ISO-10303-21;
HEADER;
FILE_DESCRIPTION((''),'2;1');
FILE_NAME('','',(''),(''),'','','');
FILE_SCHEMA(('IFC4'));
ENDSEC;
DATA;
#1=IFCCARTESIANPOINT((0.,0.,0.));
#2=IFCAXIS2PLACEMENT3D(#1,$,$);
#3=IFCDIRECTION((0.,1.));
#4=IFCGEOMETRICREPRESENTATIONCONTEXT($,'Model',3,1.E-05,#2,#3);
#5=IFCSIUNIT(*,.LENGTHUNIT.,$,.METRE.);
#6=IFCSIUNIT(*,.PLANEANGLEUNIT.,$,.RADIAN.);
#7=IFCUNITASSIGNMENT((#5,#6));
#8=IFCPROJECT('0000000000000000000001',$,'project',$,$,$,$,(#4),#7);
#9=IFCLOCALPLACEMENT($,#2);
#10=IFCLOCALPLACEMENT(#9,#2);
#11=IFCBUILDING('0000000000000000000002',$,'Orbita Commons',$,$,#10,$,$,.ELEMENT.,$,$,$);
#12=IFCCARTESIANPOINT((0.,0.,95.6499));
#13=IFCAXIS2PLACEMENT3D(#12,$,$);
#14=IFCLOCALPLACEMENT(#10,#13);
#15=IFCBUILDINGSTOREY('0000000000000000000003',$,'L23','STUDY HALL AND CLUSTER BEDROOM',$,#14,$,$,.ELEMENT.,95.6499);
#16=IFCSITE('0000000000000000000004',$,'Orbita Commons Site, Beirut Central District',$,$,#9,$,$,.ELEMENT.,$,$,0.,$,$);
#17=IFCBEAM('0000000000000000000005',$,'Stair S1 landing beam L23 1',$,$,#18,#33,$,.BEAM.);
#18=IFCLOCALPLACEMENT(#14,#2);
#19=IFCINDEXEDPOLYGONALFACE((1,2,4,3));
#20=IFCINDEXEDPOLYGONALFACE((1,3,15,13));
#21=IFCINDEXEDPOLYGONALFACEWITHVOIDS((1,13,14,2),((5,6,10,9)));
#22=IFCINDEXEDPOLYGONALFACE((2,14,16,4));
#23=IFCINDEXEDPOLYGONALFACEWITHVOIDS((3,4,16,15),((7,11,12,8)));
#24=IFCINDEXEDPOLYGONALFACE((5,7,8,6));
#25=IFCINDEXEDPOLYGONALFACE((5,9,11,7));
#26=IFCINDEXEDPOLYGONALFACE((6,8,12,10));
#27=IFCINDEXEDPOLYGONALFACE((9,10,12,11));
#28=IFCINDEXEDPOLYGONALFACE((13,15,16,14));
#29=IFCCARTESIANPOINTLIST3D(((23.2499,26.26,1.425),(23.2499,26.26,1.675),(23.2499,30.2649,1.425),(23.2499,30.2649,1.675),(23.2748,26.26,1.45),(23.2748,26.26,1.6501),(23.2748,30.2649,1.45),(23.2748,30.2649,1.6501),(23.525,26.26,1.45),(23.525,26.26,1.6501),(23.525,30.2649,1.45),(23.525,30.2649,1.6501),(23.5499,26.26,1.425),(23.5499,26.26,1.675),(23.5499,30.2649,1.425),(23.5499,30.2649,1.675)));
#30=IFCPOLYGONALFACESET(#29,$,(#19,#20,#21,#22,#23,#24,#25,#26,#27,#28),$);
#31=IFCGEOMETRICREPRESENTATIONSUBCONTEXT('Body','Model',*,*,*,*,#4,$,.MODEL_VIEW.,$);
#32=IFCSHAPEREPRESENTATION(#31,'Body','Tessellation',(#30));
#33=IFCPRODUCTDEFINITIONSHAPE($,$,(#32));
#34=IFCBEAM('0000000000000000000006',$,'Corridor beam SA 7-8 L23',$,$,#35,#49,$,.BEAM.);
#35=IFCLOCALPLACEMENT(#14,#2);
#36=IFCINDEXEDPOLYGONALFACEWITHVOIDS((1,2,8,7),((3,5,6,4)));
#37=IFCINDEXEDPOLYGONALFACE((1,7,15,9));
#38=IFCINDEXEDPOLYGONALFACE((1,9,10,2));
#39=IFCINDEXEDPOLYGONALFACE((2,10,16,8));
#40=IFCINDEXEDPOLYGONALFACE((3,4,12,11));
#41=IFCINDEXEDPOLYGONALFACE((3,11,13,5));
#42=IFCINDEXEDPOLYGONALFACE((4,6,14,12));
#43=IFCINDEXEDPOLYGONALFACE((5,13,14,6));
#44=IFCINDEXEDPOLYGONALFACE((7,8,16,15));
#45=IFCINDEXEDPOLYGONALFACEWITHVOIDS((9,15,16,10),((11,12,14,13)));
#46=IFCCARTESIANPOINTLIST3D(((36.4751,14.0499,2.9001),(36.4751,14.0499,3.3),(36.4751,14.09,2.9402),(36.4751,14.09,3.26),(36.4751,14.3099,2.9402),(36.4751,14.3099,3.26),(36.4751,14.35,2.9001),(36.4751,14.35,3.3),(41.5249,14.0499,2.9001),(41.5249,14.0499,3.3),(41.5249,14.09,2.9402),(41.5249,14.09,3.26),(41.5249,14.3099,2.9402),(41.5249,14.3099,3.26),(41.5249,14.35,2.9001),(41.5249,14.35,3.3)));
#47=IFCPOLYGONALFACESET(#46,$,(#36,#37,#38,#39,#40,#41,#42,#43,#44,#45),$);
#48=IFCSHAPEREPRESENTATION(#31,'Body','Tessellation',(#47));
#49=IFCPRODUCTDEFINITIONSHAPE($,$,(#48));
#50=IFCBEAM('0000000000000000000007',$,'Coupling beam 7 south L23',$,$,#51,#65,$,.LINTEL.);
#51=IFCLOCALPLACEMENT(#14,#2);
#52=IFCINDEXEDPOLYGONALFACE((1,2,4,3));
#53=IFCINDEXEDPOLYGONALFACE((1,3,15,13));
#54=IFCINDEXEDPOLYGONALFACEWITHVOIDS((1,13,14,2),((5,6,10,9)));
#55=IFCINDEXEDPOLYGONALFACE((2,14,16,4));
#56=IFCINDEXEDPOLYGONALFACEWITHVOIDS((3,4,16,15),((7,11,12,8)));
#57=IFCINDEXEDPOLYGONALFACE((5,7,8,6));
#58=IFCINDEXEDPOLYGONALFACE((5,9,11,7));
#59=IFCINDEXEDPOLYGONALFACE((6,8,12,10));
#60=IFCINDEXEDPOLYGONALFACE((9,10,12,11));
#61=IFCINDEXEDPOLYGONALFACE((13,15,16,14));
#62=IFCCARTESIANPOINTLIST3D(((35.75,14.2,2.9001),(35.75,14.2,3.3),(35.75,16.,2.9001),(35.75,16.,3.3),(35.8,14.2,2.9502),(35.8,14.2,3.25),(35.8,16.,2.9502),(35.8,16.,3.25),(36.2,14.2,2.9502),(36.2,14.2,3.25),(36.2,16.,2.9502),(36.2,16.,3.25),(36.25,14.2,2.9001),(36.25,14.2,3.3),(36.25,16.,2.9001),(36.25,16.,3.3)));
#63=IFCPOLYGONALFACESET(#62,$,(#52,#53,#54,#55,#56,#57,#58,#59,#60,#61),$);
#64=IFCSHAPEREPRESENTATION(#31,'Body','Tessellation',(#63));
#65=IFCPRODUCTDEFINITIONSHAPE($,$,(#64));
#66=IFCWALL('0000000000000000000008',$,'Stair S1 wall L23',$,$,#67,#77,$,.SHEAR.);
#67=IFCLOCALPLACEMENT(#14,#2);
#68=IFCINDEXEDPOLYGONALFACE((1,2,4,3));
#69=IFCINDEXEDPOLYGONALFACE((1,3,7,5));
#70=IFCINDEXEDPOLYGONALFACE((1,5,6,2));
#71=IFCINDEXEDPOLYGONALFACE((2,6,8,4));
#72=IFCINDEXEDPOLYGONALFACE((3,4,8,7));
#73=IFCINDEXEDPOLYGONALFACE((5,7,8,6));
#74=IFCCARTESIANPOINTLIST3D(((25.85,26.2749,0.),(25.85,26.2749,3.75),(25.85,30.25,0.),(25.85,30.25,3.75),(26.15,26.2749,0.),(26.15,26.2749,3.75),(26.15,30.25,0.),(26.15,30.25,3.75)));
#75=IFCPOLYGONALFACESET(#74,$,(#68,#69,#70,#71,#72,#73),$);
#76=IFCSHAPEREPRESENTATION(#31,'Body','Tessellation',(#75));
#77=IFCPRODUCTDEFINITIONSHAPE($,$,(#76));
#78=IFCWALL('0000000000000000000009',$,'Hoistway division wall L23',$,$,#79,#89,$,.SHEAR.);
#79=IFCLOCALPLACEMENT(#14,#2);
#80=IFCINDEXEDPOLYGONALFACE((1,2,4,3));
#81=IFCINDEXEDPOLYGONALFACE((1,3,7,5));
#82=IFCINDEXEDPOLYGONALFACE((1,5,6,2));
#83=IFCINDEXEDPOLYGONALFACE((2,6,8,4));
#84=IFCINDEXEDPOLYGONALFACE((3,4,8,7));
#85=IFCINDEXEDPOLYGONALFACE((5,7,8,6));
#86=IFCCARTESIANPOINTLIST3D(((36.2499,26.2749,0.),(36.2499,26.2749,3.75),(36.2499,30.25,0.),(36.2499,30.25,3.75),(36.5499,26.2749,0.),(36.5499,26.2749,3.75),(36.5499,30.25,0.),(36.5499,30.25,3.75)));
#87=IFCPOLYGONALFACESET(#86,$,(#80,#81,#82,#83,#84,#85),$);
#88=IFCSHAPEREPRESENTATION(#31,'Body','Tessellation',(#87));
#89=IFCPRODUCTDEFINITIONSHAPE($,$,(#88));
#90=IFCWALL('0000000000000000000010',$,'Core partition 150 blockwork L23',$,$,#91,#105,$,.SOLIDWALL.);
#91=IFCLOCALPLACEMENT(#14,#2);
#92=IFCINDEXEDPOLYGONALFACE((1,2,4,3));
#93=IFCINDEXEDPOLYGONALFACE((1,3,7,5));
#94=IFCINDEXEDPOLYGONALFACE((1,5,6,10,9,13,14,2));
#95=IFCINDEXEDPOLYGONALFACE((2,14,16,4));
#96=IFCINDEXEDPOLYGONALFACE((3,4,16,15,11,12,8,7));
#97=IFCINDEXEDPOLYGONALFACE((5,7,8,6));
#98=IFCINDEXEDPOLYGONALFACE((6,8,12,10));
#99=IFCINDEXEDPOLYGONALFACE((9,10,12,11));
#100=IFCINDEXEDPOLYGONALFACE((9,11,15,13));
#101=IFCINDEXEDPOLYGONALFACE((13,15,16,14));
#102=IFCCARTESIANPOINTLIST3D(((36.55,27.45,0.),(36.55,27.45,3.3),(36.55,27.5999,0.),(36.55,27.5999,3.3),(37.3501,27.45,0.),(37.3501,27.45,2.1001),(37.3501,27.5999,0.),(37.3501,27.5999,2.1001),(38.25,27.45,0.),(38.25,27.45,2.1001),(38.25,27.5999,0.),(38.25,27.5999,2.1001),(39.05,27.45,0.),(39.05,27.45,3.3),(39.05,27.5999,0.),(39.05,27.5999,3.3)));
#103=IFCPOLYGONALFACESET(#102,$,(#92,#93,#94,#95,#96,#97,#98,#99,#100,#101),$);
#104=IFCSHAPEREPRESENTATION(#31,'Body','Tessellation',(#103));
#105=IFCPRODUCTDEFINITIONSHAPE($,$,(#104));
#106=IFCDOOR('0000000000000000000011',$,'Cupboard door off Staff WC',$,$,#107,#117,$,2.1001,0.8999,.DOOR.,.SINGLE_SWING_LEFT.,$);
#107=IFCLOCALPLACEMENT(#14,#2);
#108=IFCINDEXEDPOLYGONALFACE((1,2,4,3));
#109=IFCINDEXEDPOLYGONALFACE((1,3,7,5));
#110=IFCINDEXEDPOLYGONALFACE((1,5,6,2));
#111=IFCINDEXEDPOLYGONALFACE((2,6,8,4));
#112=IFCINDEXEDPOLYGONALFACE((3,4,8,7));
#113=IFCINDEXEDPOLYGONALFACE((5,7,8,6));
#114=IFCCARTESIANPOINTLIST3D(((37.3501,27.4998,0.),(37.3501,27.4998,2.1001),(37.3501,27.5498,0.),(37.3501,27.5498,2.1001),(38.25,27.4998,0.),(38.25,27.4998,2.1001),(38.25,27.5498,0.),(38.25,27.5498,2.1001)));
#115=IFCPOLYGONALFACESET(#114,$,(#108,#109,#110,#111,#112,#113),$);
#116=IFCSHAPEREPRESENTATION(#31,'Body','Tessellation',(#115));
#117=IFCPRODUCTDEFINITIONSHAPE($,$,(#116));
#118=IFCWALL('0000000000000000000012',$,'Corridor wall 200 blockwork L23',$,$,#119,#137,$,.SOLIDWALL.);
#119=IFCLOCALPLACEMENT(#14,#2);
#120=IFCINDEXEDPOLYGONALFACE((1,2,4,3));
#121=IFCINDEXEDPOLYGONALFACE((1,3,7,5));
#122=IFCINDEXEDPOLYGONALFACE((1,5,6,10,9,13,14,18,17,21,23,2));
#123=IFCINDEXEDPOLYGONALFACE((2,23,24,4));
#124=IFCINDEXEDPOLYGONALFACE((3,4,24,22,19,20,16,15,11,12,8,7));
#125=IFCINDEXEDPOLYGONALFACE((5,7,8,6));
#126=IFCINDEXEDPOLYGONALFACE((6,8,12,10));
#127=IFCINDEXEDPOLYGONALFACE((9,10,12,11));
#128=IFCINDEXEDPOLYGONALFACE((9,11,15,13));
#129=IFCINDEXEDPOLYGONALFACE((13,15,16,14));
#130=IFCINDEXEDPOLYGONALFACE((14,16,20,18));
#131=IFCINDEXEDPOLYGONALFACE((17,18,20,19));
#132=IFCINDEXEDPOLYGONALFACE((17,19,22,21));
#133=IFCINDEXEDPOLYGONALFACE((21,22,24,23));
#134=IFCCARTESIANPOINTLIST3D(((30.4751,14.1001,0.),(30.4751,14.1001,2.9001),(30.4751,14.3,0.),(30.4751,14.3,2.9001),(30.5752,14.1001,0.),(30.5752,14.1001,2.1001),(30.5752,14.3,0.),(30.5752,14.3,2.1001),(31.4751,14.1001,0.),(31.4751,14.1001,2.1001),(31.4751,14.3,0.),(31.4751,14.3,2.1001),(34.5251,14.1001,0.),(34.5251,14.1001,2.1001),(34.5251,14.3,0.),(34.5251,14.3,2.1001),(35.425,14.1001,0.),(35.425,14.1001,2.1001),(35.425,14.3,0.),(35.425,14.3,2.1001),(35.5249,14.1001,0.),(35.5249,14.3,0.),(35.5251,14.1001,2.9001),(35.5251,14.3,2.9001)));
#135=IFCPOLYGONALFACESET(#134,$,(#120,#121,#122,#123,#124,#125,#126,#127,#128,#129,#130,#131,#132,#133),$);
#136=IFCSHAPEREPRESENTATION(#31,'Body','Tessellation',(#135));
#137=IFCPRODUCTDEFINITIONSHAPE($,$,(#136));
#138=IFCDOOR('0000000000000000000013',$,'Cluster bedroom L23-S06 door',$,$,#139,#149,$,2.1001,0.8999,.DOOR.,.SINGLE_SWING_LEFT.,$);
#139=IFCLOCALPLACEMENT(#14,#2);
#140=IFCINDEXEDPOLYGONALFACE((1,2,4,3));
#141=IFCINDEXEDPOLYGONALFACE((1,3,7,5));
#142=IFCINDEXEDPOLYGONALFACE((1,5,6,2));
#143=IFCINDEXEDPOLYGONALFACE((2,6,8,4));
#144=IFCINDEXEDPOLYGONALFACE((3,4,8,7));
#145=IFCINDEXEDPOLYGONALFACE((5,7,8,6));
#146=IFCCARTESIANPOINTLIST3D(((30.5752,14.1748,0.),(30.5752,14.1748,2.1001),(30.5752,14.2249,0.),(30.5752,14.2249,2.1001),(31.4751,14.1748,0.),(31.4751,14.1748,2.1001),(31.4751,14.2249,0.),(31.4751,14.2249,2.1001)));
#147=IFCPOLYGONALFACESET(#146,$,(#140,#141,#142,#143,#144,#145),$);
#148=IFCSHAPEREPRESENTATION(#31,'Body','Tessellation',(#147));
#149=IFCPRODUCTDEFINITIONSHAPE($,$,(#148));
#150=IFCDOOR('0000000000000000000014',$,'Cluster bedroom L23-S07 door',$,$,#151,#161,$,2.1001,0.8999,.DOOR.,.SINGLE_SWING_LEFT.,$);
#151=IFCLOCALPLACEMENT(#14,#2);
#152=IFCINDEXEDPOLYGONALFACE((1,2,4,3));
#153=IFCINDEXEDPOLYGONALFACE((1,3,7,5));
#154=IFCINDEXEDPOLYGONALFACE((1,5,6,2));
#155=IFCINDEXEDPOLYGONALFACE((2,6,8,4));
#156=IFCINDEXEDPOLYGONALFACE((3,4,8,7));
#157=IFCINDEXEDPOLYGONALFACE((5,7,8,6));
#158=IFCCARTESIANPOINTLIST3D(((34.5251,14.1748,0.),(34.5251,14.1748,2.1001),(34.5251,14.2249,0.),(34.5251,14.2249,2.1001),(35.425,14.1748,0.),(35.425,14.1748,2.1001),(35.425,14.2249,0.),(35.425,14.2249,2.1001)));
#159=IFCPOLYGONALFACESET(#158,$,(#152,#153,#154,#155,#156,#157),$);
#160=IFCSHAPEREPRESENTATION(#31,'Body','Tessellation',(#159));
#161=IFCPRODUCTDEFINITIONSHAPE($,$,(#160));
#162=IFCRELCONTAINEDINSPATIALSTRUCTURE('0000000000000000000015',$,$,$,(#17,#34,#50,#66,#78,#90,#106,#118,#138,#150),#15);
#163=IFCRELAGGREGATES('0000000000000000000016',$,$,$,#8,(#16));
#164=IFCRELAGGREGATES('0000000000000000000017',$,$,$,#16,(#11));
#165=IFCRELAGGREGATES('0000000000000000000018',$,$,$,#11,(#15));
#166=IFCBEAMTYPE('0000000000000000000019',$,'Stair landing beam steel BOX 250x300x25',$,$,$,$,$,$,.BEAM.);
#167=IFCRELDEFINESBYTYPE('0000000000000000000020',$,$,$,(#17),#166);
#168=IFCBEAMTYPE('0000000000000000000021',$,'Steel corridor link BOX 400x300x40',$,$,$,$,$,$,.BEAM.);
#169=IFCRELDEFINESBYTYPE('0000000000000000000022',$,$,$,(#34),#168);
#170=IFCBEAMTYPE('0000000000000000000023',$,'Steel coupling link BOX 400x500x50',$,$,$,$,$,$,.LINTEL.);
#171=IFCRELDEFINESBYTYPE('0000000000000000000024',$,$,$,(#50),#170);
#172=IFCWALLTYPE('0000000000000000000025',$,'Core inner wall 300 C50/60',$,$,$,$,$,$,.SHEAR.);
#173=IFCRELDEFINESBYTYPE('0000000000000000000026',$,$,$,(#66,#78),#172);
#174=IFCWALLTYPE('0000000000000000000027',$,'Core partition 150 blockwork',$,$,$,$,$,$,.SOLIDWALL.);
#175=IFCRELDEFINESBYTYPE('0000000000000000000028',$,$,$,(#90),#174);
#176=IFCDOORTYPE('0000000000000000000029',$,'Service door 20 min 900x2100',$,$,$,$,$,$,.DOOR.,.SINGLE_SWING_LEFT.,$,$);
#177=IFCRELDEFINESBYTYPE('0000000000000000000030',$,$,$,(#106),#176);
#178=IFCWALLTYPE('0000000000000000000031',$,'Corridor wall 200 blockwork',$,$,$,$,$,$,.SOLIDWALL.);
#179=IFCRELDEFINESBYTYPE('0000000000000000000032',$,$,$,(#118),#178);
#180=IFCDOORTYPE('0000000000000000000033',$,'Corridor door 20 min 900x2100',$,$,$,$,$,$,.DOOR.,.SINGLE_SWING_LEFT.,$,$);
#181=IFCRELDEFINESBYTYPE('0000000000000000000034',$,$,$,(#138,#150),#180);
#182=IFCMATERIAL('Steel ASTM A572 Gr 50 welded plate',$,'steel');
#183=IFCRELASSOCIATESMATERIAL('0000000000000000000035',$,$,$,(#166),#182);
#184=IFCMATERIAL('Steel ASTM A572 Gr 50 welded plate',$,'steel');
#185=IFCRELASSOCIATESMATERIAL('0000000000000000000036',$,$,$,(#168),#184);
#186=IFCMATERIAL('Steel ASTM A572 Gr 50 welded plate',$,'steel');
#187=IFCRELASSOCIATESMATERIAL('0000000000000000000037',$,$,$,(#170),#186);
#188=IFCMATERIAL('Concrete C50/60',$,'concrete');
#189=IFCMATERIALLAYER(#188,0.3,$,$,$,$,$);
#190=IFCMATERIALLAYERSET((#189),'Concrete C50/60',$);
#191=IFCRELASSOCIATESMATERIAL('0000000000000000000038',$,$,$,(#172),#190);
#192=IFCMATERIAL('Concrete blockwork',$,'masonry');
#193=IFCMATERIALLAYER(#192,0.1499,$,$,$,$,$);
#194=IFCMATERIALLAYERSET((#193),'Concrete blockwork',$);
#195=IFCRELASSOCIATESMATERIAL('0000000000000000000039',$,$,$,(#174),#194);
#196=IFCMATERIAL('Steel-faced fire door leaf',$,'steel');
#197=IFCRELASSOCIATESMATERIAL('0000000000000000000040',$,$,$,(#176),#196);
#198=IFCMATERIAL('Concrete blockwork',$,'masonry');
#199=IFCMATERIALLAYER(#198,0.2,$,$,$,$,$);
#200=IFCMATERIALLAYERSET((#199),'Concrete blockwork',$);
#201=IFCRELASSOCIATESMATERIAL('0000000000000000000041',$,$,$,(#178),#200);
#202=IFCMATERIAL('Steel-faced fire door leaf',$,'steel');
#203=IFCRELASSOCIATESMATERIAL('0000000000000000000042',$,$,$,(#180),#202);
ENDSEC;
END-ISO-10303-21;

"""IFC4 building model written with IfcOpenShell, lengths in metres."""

from ifc_helpers import new_model, si_unit, direction, frame, frame_2d, origin, origin_2d, place, context, subcontext, project, spatial, polyline, rectangle, hollow_rectangle, outline, extrude, material, layer, layer_set, material_profile, profile_set, type_object, element, fill, save


model = new_model("IFC4")

# Units and contexts
model_context = context("Model", 3, precision=1e-05, world=origin(), true_north=direction((0.0, 1.0)))
body_context = subcontext(model_context, "Body", "Model", "MODEL_VIEW")
ifc_project = project(units=[si_unit("LENGTHUNIT", "METRE"), si_unit("PLANEANGLEUNIT", "RADIAN")], contexts=[model_context])

# Site, building, storey
site_placement = place(None, origin())
site = spatial("IfcSite", under=ifc_project, at=site_placement, Name="Orbita Commons Site, Beirut Central District", CompositionType="ELEMENT", RefElevation=0.0)
building_placement = place(site_placement, origin())
building = spatial("IfcBuilding", under=site, at=building_placement, Name="Orbita Commons", CompositionType="ELEMENT")
storey_placement = place(building_placement, frame((0.0, 0.0, 95.6499)))
storey = spatial("IfcBuildingStorey", under=building, at=storey_placement, Name="L23", Description="STUDY HALL AND CLUSTER BEDROOM", CompositionType="ELEMENT", Elevation=95.6499)

# Beams
ifc_material_1 = material(Name="Steel ASTM A572 Gr 50 welded plate", Category="steel")
ifc_material_profile_1 = material_profile(ifc_material_1, hollow_rectangle(XDim=0.3, YDim=0.25, WallThickness=0.0249, at=origin_2d()), Name="BOX 250x300x25")
ifc_profile_set_1 = profile_set([ifc_material_profile_1], Name="Steel ASTM A572 Gr 50 welded plate")
beam_type_1 = type_object("IfcBeamType", Name="Stair landing beam steel BOX 250x300x25", PredefinedType="BEAM", material=ifc_profile_set_1)
beam_1_placement = place(storey_placement, frame((23.3999, 26.26, 1.55), z_axis=(0.0, 1.0, 0.0), x_axis=(-1.0, 0.0, 0.0)))
element("IfcBeam", 1, at=beam_1_placement, inside=storey, type_object=beam_type_1, Name="Stair S1 landing beam L23 1", PredefinedType="BEAM", context=body_context, shape_type="SweptSolid", body=[
    extrude(hollow_rectangle(XDim=0.3, YDim=0.25, WallThickness=0.0249, at=origin_2d()), origin(), (0.0, 0.0, 1.0), 4.0049),
])
ifc_material_2 = material(Name="Steel ASTM A572 Gr 50 welded plate", Category="steel")
ifc_material_profile_2 = material_profile(ifc_material_2, hollow_rectangle(XDim=0.3, YDim=0.3999, WallThickness=0.04, at=origin_2d()), Name="BOX 400x300x40")
ifc_profile_set_2 = profile_set([ifc_material_profile_2], Name="Steel ASTM A572 Gr 50 welded plate")
beam_type_2 = type_object("IfcBeamType", Name="Steel corridor link BOX 400x300x40", PredefinedType="BEAM", material=ifc_profile_set_2)
beam_2_placement = place(storey_placement, frame((36.4751, 14.2, 3.1001), z_axis=(1.0, 0.0, 0.0), x_axis=(0.0, 1.0, 0.0)))
element("IfcBeam", 2, at=beam_2_placement, inside=storey, type_object=beam_type_2, Name="Corridor beam SA 7-8 L23", PredefinedType="BEAM", context=body_context, shape_type="SweptSolid", body=[
    extrude(hollow_rectangle(XDim=0.3, YDim=0.3999, WallThickness=0.04, at=origin_2d()), origin(), (0.0, 0.0, 1.0), 5.0498),
])
ifc_material_3 = material(Name="Steel ASTM A572 Gr 50 welded plate", Category="steel")
ifc_material_profile_3 = material_profile(ifc_material_3, hollow_rectangle(XDim=0.5, YDim=0.3999, WallThickness=0.05, at=origin_2d()), Name="BOX 400x500x50")
ifc_profile_set_3 = profile_set([ifc_material_profile_3], Name="Steel ASTM A572 Gr 50 welded plate")
beam_type_3 = type_object("IfcBeamType", Name="Steel coupling link BOX 400x500x50", PredefinedType="LINTEL", material=ifc_profile_set_3)
beam_3_placement = place(storey_placement, frame((36.0, 14.2, 3.1001), z_axis=(0.0, 1.0, 0.0), x_axis=(-1.0, 0.0, 0.0)))
element("IfcBeam", 3, at=beam_3_placement, inside=storey, type_object=beam_type_3, Name="Coupling beam 7 south L23", PredefinedType="LINTEL", context=body_context, shape_type="SweptSolid", body=[
    extrude(hollow_rectangle(XDim=0.5, YDim=0.3999, WallThickness=0.05, at=origin_2d()), origin(), (0.0, 0.0, 1.0), 1.8),
])

# Walls
ifc_material_4 = material(Name="Concrete C50/60", Category="concrete")
ifc_layer_1 = layer(ifc_material_4, 0.3)
ifc_layer_set_1 = layer_set([ifc_layer_1], Name="Concrete C50/60")
wall_type_1 = type_object("IfcWallType", Name="Core inner wall 300 C50/60", PredefinedType="SHEAR", material=ifc_layer_set_1)
for number, where, z_axis, x_axis, name in (
    (4, (26.0, 26.2749, 0.0), (0.0, 0.0, 1.0), (0.0, 1.0, 0.0), "Stair S1 wall L23"),
    (5, (36.3999, 26.2749, 0.0), (0.0, 0.0, 1.0), (0.0, 1.0, 0.0), "Hoistway division wall L23"),
):
    element("IfcWall", number, at=place(storey_placement, frame(where, z_axis=z_axis, x_axis=x_axis)), inside=storey, type_object=wall_type_1, Name=name, PredefinedType="SHEAR", context=body_context, shape_type="SweptSolid", body=[
        extrude(rectangle(XDim=3.9751, YDim=0.3, at=frame_2d((1.9875, 0.0))), origin(), (0.0, 0.0, 1.0), 3.75),
    ])

# Wall, opening, door
ifc_material_5 = material(Name="Concrete blockwork", Category="masonry")
ifc_layer_2 = layer(ifc_material_5, 0.1499)
ifc_layer_set_2 = layer_set([ifc_layer_2], Name="Concrete blockwork")
wall_type_2 = type_object("IfcWallType", Name="Core partition 150 blockwork", PredefinedType="SOLIDWALL", material=ifc_layer_set_2)
wall_1_placement = place(storey_placement, frame((36.55, 27.5249, 0.0), z_axis=(0.0, 0.0, 1.0), x_axis=(1.0, 0.0, 0.0)))
wall_1 = element("IfcWall", 6, at=wall_1_placement, inside=storey, type_object=wall_type_2, Name="Core partition 150 blockwork L23", PredefinedType="SOLIDWALL", context=body_context, shape_type="SweptSolid", body=[
    extrude(rectangle(XDim=2.5, YDim=0.1499, at=frame_2d((1.25, 0.0))), origin(), (0.0, 0.0, 1.0), 3.3),
])
opening_1_placement = place(wall_1_placement, frame((0.8, 0.0, 0.0)))
opening_1 = element("IfcOpeningElement", 7, at=opening_1_placement, cuts=wall_1, PredefinedType="OPENING", context=body_context, shape_type="SweptSolid", body=[
    extrude(rectangle(XDim=0.8999, YDim=2.1001, at=frame_2d((0.45, 1.05))), frame((0.0, 0.085, 0.0), z_axis=(0.0, -1.0, 0.0), x_axis=(1.0, 0.0, 0.0)), (0.0, 0.0, 1.0), 0.1699),
])
ifc_material_6 = material(Name="Steel-faced fire door leaf", Category="steel")
door_type_1 = type_object("IfcDoorType", Name="Service door 20 min 900x2100", OperationType="SINGLE_SWING_LEFT", PredefinedType="DOOR", material=ifc_material_6)
door_1_placement = place(opening_1_placement, origin())
door_1 = element("IfcDoor", 8, at=door_1_placement, inside=storey, type_object=door_type_1, Name="Cupboard door off Staff WC", OperationType="SINGLE_SWING_LEFT", OverallHeight=2.1001, OverallWidth=0.8999, PredefinedType="DOOR", context=body_context, shape_type="SweptSolid", body=[
    extrude(rectangle(XDim=0.8999, YDim=2.1001, at=frame_2d((0.45, 1.05))), frame((0.0, 0.0249, 0.0), z_axis=(0.0, -1.0, 0.0), x_axis=(1.0, 0.0, 0.0)), (0.0, 0.0, 1.0), 0.05),
])
fill(opening_1, door_1)

# Wall, openings, doors
ifc_material_7 = material(Name="Concrete blockwork", Category="masonry")
ifc_layer_3 = layer(ifc_material_7, 0.2)
ifc_layer_set_3 = layer_set([ifc_layer_3], Name="Concrete blockwork")
wall_type_3 = type_object("IfcWallType", Name="Corridor wall 200 blockwork", PredefinedType="SOLIDWALL", material=ifc_layer_set_3)
wall_2_placement = place(storey_placement, frame((30.4751, 14.2, 0.0), z_axis=(0.0, 0.0, 1.0), x_axis=(1.0, 0.0, 0.0)))
wall_2 = element("IfcWall", 9, at=wall_2_placement, inside=storey, type_object=wall_type_3, Name="Corridor wall 200 blockwork L23", PredefinedType="SOLIDWALL", context=body_context, shape_type="SweptSolid", body=[
    extrude(outline(polyline([(0.0, 0.0), (5.0498, 0.0), (5.05, 2.9001), (0.0, 2.9001), (0.0, 0.0)])), frame((0.0, 0.1001, 0.0), z_axis=(0.0, -1.0, 0.0), x_axis=(1.0, 0.0, 0.0)), (0.0, 0.0, 1.0), 0.2),
])
opening_2_placement = place(wall_2_placement, frame((0.1001, 0.0, 0.0)))
opening_2 = element("IfcOpeningElement", 10, at=opening_2_placement, cuts=wall_2, PredefinedType="OPENING", context=body_context, shape_type="SweptSolid", body=[
    extrude(rectangle(XDim=0.8999, YDim=2.1001, at=frame_2d((0.45, 1.05))), frame((0.0, 0.1099, 0.0), z_axis=(0.0, -1.0, 0.0), x_axis=(1.0, 0.0, 0.0)), (0.0, 0.0, 1.0), 0.22),
])
opening_3_placement = place(wall_2_placement, frame((4.05, 0.0, 0.0)))
opening_3 = element("IfcOpeningElement", 11, at=opening_3_placement, cuts=wall_2, PredefinedType="OPENING", context=body_context, shape_type="SweptSolid", body=[
    extrude(rectangle(XDim=0.8999, YDim=2.1001, at=frame_2d((0.45, 1.05))), frame((0.0, 0.1099, 0.0), z_axis=(0.0, -1.0, 0.0), x_axis=(1.0, 0.0, 0.0)), (0.0, 0.0, 1.0), 0.22),
])
ifc_material_8 = material(Name="Steel-faced fire door leaf", Category="steel")
door_type_2 = type_object("IfcDoorType", Name="Corridor door 20 min 900x2100", OperationType="SINGLE_SWING_LEFT", PredefinedType="DOOR", material=ifc_material_8)
door_2_placement = place(opening_2_placement, origin())
door_2 = element("IfcDoor", 12, at=door_2_placement, inside=storey, type_object=door_type_2, Name="Cluster bedroom L23-S06 door", OperationType="SINGLE_SWING_LEFT", OverallHeight=2.1001, OverallWidth=0.8999, PredefinedType="DOOR", context=body_context, shape_type="SweptSolid", body=[
    extrude(rectangle(XDim=0.8999, YDim=2.1001, at=frame_2d((0.45, 1.05))), frame((0.0, 0.0249, 0.0), z_axis=(0.0, -1.0, 0.0), x_axis=(1.0, 0.0, 0.0)), (0.0, 0.0, 1.0), 0.05),
])
fill(opening_2, door_2)
door_3_placement = place(opening_3_placement, origin())
door_3 = element("IfcDoor", 13, at=door_3_placement, inside=storey, type_object=door_type_2, Name="Cluster bedroom L23-S07 door", OperationType="SINGLE_SWING_LEFT", OverallHeight=2.1001, OverallWidth=0.8999, PredefinedType="DOOR", context=body_context, shape_type="SweptSolid", body=[
    extrude(rectangle(XDim=0.8999, YDim=2.1001, at=frame_2d((0.45, 1.05))), frame((0.0, 0.0249, 0.0), z_axis=(0.0, -1.0, 0.0), x_axis=(1.0, 0.0, 0.0)), (0.0, 0.0, 1.0), 0.05),
])
fill(opening_3, door_3)

save(model, "model.ifc")
